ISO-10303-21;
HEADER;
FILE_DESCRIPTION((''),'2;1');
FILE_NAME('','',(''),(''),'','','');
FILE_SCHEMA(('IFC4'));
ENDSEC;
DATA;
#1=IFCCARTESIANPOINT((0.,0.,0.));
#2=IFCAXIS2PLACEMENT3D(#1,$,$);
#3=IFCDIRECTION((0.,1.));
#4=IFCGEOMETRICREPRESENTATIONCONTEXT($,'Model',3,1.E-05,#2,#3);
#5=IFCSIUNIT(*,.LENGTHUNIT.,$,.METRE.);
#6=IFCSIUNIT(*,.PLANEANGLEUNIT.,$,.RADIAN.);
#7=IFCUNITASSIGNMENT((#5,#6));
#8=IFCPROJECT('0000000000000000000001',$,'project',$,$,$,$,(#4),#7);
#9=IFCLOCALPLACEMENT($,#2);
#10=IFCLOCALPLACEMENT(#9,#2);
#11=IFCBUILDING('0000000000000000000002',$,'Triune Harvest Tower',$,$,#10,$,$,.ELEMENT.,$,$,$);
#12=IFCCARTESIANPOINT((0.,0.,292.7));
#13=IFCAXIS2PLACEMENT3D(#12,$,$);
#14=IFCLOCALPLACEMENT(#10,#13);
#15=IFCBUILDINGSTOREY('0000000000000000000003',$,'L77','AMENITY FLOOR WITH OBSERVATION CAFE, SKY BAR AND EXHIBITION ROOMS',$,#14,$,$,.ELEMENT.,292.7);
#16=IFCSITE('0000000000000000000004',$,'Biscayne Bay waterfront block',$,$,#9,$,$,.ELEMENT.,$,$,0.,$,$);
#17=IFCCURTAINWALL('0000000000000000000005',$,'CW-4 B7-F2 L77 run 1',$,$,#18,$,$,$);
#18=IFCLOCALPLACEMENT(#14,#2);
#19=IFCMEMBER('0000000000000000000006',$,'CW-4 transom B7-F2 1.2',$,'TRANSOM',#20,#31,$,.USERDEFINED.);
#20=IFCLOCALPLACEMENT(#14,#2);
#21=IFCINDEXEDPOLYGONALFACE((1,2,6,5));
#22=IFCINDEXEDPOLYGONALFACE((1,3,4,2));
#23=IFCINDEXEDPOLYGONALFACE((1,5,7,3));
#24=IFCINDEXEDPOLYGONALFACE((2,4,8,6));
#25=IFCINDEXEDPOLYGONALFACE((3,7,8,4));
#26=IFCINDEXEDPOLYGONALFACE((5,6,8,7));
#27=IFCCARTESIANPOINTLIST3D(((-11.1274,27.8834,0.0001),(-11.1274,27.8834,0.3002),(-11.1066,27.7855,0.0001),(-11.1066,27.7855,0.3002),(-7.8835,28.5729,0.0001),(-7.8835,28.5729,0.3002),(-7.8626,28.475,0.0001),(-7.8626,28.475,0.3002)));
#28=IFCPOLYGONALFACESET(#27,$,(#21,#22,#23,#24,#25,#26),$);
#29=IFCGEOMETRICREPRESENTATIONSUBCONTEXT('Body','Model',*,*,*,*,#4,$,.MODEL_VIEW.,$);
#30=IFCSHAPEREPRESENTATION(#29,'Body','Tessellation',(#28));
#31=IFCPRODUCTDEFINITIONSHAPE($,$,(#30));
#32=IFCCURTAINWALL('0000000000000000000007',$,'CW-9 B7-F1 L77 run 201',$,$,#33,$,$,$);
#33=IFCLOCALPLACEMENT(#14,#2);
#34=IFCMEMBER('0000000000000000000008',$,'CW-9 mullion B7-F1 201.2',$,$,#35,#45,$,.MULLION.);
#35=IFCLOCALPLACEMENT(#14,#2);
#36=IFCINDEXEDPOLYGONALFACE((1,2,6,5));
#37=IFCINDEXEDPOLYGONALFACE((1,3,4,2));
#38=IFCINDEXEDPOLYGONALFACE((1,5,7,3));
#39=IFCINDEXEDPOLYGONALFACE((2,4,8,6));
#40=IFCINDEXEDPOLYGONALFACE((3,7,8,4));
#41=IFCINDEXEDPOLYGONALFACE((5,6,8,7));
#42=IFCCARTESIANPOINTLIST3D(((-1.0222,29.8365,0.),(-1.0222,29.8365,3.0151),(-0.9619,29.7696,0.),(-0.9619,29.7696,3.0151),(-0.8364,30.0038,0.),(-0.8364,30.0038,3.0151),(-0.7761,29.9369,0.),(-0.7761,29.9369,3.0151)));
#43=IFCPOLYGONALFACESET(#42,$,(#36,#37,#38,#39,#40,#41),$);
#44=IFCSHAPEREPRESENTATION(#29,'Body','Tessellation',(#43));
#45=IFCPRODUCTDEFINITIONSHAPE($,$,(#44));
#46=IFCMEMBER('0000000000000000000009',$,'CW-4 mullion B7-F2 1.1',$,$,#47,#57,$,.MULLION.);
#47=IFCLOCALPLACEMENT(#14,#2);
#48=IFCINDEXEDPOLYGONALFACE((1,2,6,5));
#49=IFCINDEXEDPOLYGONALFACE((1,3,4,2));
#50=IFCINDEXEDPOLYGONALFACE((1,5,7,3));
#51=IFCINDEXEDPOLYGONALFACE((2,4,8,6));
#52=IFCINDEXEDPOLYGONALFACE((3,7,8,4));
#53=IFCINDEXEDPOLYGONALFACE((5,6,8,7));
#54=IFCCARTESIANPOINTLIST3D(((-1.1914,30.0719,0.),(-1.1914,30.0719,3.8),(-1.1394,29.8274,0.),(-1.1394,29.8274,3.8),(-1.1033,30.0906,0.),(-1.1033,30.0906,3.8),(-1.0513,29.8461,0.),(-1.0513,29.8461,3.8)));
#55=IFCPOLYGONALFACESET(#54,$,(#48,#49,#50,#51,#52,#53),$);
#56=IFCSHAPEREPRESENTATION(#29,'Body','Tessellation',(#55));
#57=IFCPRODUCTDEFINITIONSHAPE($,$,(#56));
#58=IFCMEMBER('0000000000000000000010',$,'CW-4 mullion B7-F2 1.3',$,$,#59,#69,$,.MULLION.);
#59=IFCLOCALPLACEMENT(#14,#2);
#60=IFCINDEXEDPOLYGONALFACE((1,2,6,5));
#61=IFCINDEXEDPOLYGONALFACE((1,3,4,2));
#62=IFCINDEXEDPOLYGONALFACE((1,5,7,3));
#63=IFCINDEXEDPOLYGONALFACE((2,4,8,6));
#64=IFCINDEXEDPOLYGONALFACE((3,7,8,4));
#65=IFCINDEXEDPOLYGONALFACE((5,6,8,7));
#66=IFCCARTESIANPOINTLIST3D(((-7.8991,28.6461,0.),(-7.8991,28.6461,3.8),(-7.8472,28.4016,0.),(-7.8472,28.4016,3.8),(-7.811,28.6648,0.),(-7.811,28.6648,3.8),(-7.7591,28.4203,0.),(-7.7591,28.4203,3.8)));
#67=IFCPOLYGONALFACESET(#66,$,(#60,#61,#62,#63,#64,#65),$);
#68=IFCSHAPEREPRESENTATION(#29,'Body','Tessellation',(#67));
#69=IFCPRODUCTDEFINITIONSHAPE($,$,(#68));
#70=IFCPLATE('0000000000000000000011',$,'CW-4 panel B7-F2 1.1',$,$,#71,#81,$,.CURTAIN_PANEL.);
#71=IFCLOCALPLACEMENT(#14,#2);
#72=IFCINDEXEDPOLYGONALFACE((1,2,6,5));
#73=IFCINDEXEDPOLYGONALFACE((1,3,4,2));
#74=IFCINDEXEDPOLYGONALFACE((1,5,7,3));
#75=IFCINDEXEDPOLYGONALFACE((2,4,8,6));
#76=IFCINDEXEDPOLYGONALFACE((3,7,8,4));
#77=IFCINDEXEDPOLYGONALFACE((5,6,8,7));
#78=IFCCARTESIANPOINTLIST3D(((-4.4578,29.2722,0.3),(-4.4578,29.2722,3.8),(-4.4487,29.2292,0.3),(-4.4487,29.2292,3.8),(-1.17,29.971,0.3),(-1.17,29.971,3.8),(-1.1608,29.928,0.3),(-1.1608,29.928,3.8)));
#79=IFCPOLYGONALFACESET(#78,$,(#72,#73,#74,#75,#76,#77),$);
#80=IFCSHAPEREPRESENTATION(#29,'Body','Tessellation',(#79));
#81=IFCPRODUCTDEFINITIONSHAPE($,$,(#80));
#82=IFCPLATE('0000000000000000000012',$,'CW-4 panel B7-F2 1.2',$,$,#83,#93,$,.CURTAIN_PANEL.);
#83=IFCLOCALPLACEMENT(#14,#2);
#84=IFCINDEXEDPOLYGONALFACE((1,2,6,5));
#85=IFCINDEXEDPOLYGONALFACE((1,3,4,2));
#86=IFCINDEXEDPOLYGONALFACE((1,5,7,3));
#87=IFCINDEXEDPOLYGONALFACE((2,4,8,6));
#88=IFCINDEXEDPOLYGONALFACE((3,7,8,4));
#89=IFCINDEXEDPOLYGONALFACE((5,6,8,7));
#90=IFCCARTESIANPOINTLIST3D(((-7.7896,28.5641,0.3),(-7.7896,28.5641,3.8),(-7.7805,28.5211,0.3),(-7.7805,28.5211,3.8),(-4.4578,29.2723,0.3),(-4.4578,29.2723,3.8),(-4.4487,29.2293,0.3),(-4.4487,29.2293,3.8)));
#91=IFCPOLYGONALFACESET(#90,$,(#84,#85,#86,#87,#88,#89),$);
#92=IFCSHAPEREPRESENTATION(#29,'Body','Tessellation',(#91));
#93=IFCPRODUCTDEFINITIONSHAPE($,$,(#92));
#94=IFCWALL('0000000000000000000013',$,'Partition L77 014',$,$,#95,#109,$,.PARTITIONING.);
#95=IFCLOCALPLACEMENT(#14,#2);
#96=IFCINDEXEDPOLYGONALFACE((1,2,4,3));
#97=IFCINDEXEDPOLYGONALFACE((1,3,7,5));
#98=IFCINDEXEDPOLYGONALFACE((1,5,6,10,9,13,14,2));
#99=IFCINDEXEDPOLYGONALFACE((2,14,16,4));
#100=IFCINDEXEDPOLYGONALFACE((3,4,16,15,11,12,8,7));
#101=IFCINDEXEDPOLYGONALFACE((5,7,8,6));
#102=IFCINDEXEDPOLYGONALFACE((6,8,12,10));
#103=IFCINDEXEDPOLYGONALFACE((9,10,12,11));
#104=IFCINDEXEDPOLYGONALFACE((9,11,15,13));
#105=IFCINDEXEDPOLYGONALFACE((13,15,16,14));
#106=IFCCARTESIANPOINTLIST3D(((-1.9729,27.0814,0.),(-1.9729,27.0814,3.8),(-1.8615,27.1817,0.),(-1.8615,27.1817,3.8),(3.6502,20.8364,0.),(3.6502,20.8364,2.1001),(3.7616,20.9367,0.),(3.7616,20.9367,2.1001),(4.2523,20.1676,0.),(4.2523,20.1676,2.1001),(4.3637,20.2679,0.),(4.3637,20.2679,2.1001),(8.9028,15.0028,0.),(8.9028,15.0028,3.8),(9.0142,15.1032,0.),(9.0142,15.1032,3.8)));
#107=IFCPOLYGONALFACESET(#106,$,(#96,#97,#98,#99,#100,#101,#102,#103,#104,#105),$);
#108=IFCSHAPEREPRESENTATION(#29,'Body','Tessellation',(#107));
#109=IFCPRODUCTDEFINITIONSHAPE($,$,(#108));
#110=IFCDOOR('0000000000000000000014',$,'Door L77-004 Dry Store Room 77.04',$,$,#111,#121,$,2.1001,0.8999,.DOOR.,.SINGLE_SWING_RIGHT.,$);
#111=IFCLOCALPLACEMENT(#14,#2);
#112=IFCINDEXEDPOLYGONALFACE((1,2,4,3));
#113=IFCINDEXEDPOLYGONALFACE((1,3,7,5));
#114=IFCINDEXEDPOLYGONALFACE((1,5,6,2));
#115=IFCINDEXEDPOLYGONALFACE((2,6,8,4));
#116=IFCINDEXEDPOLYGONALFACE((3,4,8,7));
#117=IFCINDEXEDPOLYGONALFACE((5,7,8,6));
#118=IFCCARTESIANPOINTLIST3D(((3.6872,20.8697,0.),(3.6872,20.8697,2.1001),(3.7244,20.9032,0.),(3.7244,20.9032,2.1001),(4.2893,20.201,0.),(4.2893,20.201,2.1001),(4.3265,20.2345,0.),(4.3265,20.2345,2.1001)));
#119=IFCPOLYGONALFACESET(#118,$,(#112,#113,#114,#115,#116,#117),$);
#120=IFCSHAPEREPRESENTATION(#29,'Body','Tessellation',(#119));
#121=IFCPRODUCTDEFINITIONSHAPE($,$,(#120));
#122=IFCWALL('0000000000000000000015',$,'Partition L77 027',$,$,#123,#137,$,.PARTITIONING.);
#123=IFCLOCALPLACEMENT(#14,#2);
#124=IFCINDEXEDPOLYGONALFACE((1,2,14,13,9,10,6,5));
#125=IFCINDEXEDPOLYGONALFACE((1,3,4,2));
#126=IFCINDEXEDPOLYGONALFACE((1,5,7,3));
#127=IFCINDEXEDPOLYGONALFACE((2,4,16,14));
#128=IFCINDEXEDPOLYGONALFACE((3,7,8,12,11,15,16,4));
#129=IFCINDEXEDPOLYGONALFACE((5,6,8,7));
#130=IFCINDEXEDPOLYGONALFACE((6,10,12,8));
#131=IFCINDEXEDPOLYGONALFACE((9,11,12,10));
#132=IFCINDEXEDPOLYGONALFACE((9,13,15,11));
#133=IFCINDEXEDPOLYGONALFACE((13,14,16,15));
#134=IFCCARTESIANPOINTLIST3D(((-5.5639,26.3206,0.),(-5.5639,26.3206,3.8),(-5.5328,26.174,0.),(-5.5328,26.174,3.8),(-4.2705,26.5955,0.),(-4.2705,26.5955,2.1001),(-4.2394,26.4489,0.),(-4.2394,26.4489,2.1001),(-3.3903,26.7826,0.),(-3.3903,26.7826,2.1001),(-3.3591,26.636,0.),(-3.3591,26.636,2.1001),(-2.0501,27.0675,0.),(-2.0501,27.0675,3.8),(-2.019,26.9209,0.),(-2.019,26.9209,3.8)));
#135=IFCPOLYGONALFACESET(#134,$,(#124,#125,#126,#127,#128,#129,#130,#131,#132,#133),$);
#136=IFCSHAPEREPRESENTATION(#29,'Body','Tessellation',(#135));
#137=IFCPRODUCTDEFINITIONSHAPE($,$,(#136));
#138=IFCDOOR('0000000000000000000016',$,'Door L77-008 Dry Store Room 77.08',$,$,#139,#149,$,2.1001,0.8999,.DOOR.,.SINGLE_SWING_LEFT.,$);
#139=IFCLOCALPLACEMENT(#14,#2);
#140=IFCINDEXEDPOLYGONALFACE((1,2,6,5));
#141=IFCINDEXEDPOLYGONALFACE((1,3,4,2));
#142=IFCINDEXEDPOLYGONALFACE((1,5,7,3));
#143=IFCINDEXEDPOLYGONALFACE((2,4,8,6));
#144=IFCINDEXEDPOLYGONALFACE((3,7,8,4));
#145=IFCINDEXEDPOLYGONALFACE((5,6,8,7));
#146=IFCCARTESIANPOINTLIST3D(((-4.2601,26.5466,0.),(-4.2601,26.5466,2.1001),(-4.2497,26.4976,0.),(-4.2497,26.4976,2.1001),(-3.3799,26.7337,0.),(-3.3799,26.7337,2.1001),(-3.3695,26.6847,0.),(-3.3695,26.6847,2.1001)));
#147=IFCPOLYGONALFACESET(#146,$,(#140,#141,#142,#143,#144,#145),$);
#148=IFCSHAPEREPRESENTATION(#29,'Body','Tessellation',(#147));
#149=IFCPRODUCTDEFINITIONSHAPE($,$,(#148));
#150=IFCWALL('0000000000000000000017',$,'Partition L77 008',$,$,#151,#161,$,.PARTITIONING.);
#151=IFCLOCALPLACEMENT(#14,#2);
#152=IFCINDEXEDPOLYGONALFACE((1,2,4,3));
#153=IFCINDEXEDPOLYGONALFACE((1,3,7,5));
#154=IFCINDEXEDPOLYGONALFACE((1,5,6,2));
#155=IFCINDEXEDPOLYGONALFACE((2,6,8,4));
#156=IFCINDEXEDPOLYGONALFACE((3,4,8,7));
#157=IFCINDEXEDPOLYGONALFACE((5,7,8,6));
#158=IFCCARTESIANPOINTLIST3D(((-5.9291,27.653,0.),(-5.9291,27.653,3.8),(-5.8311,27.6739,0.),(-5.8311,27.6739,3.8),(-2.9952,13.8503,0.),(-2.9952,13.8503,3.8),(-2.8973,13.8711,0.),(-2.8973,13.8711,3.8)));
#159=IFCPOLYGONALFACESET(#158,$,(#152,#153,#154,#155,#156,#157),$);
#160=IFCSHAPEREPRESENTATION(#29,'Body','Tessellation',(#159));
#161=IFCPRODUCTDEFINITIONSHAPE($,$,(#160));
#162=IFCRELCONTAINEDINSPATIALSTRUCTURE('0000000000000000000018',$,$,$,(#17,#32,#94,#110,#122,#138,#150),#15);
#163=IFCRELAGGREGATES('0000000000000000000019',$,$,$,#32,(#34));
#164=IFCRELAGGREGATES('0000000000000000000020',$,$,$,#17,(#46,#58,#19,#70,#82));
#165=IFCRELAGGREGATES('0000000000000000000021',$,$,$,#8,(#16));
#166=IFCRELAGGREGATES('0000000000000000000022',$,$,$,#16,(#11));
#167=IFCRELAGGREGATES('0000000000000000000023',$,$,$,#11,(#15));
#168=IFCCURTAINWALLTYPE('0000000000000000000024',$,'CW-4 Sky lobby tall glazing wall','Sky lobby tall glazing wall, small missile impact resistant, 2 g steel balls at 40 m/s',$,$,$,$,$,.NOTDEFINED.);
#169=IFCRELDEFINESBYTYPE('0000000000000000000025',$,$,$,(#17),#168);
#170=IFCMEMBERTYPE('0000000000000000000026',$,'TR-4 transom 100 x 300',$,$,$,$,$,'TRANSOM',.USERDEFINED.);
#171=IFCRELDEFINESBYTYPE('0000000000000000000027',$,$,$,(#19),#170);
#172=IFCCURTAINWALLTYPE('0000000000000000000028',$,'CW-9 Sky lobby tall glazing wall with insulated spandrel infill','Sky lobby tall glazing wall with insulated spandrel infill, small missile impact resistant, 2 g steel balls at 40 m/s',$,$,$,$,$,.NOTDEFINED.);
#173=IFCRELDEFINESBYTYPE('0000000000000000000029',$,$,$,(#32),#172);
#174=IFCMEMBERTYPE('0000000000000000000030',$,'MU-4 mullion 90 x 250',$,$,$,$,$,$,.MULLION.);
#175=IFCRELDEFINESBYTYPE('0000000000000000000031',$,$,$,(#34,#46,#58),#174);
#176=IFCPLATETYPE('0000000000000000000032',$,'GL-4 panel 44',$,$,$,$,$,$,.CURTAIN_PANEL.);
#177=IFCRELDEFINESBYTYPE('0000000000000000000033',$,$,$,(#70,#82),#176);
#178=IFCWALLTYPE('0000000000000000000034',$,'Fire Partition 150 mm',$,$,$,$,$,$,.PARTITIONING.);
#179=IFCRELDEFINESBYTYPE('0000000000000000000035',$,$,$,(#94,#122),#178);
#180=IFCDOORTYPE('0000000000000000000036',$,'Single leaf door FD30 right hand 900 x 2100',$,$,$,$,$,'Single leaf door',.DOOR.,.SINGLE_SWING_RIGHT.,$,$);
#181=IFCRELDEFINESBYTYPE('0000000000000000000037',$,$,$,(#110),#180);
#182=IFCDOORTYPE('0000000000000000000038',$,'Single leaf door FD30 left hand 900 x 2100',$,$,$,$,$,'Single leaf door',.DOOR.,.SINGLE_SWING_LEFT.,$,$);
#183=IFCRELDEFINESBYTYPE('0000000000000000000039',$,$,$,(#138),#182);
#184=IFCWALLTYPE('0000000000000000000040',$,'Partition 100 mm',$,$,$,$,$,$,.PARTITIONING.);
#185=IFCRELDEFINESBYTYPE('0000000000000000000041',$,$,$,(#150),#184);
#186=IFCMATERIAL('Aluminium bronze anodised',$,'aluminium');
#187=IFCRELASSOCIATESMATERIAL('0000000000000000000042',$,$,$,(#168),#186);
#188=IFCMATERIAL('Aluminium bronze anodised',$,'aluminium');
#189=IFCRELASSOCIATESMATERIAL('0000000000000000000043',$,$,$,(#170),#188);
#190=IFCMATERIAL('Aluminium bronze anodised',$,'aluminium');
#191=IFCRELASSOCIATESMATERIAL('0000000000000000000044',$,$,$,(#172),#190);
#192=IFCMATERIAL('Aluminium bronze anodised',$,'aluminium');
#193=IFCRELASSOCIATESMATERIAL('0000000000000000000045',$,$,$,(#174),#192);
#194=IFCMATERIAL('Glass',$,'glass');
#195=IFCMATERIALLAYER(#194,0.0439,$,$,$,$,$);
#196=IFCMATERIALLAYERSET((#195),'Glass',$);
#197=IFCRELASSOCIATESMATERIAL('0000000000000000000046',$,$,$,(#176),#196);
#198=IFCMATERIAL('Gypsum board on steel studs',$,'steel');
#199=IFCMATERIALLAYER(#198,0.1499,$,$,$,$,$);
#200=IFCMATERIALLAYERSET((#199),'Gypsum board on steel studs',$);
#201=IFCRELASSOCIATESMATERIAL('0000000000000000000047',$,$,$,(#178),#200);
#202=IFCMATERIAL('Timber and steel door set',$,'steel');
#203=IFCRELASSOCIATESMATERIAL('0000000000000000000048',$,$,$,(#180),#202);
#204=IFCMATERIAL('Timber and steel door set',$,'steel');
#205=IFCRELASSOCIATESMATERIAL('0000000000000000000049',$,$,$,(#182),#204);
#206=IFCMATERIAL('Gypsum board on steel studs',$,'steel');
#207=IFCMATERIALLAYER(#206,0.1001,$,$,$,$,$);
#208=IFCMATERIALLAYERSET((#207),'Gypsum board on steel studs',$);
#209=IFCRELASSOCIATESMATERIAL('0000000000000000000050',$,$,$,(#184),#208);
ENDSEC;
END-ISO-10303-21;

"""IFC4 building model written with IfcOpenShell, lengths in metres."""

from ifc_helpers import new_model, si_unit, direction, frame, frame_2d, origin, origin_2d, place, context, subcontext, project, spatial, rectangle, extrude, source, transform, mapped, material, layer, layer_set, material_profile, profile_set, type_object, element, fill, aggregate, save


model = new_model("IFC4")

# Units and contexts
model_context = context("Model", 3, precision=1e-05, world=origin(), true_north=direction((0.0, 1.0)))
body_context = subcontext(model_context, "Body", "Model", "MODEL_VIEW")
ifc_project = project(units=[si_unit("LENGTHUNIT", "METRE"), si_unit("PLANEANGLEUNIT", "RADIAN")], contexts=[model_context])

# Site, building, storey
site_placement = place(None, origin())
site = spatial("IfcSite", under=ifc_project, at=site_placement, Name="Biscayne Bay waterfront block", CompositionType="ELEMENT", RefElevation=0.0)
building_placement = place(site_placement, origin())
building = spatial("IfcBuilding", under=site, at=building_placement, Name="Triune Harvest Tower", CompositionType="ELEMENT")
storey_placement = place(building_placement, frame((0.0, 0.0, 292.7)))
storey = spatial("IfcBuildingStorey", under=building, at=storey_placement, Name="L77", Description="AMENITY FLOOR WITH OBSERVATION CAFE, SKY BAR AND EXHIBITION ROOMS", CompositionType="ELEMENT", Elevation=292.7)

# Curtain wall, member
ifc_material_1 = material(Name="Aluminium bronze anodised", Category="aluminium")
curtain_wall_type_1 = type_object("IfcCurtainWallType", Name="CW-4 Sky lobby tall glazing wall", Description="Sky lobby tall glazing wall, small missile impact resistant, 2 g steel balls at 40 m/s", PredefinedType="NOTDEFINED", material=ifc_material_1)
curtain_wall_1_placement = place(storey_placement, origin())
curtain_wall_1 = element("IfcCurtainWall", 1, at=curtain_wall_1_placement, inside=storey, type_object=curtain_wall_type_1, Name="CW-4 B7-F2 L77 run 1")
ifc_material_2 = material(Name="Aluminium bronze anodised", Category="aluminium")
ifc_material_profile_1 = material_profile(ifc_material_2, rectangle(XDim=0.1001, YDim=0.3, at=origin_2d()), Name="TR-4 transom 100 x 300")
ifc_profile_set_1 = profile_set([ifc_material_profile_1], Name="Aluminium bronze anodised")
member_type_1 = type_object("IfcMemberType", Name="TR-4 transom 100 x 300", ElementType="TRANSOM", PredefinedType="USERDEFINED", material=ifc_profile_set_1)
shared_shape_1 = source(origin(), body_context, "Body", "SweptSolid", [
    extrude(rectangle(XDim=0.1001, YDim=0.3, at=origin_2d()), origin(), (0.0, 0.0, 1.0), 3.3164),
])
member_1_placement = place(storey_placement, frame((-7.873, 28.5239, 0.1501), z_axis=(-0.978151, -0.207895, 0.0), x_axis=(0.207895, -0.978151, 0.0)))
member_1 = element("IfcMember", 2, at=member_1_placement, type_object=member_type_1, Name="CW-4 transom B7-F2 1.2", ObjectType="TRANSOM", PredefinedType="USERDEFINED", context=body_context, shape_type="MappedRepresentation", body=[
    mapped(shared_shape_1, transform((0.0, 0.0, 0.0), scale=1.0)),
])

# Curtain wall, member
ifc_material_3 = material(Name="Aluminium bronze anodised", Category="aluminium")
curtain_wall_type_2 = type_object("IfcCurtainWallType", Name="CW-9 Sky lobby tall glazing wall with insulated spandrel infill", Description="Sky lobby tall glazing wall with insulated spandrel infill, small missile impact resistant, 2 g steel balls at 40 m/s", PredefinedType="NOTDEFINED", material=ifc_material_3)
curtain_wall_2_placement = place(storey_placement, origin())
curtain_wall_2 = element("IfcCurtainWall", 3, at=curtain_wall_2_placement, inside=storey, type_object=curtain_wall_type_2, Name="CW-9 B7-F1 L77 run 201")
ifc_material_4 = material(Name="Aluminium bronze anodised", Category="aluminium")
ifc_material_profile_2 = material_profile(ifc_material_4, rectangle(XDim=0.25, YDim=0.0901, at=origin_2d()), Name="MU-4 mullion 90 x 250")
ifc_profile_set_2 = profile_set([ifc_material_profile_2], Name="Aluminium bronze anodised")
member_type_2 = type_object("IfcMemberType", Name="MU-4 mullion 90 x 250", PredefinedType="MULLION", material=ifc_profile_set_2)
shared_shape_2 = source(origin(), body_context, "Body", "SweptSolid", [
    extrude(rectangle(XDim=0.25, YDim=0.0901, at=origin_2d()), origin(), (0.0, 0.0, 1.0), 3.0151),
])
member_2_placement = place(storey_placement, frame((-0.8992, 29.8867, 0.0), z_axis=(0.0, 0.0, 1.0), x_axis=(-0.743132, -0.669145, 0.0)))
member_2 = element("IfcMember", 4, at=member_2_placement, type_object=member_type_2, Name="CW-9 mullion B7-F1 201.2", PredefinedType="MULLION", context=body_context, shape_type="MappedRepresentation", body=[
    mapped(shared_shape_2, transform((0.0, 0.0, 0.0), scale=1.0)),
])
aggregate(curtain_wall_2, [member_2])

# Members
shared_shape_3 = source(origin(), body_context, "Body", "SweptSolid", [
    extrude(rectangle(XDim=0.25, YDim=0.0901, at=origin_2d()), origin(), (0.0, 0.0, 1.0), 3.8),
])
member_3_placement = place(storey_placement, frame((-1.1213, 29.959, 0.0), z_axis=(0.0, 0.0, 1.0), x_axis=(0.207905, -0.978149, 0.0)))
member_3 = element("IfcMember", 5, at=member_3_placement, type_object=member_type_2, Name="CW-4 mullion B7-F2 1.1", PredefinedType="MULLION", context=body_context, shape_type="MappedRepresentation", body=[
    mapped(shared_shape_3, transform((0.0, 0.0, 0.0), scale=1.0)),
])
member_4_placement = place(storey_placement, frame((-7.8291, 28.5332, 0.0), z_axis=(0.0, 0.0, 1.0), x_axis=(0.207905, -0.978149, 0.0)))
member_4 = element("IfcMember", 6, at=member_4_placement, type_object=member_type_2, Name="CW-4 mullion B7-F2 1.3", PredefinedType="MULLION", context=body_context, shape_type="MappedRepresentation", body=[
    mapped(shared_shape_3, transform((0.0, 0.0, 0.0), scale=1.0)),
])

# Plates
ifc_material_5 = material(Name="Glass", Category="glass")
ifc_layer_1 = layer(ifc_material_5, 0.0439)
ifc_layer_set_1 = layer_set([ifc_layer_1], Name="Glass")
plate_type = type_object("IfcPlateType", Name="GL-4 panel 44", PredefinedType="CURTAIN_PANEL", material=ifc_layer_set_1)
shared_shape_4 = source(origin(), body_context, "Body", "SweptSolid", [
    extrude(rectangle(XDim=3.3613, YDim=0.0439, at=origin_2d()), origin(), (0.0, 0.0, 1.0), 3.5),
])
plate_1_placement = place(storey_placement, frame((-2.8093, 29.6001, 0.3), z_axis=(0.0, 0.0, 1.0), x_axis=(-0.978149, -0.207905, 0.0)))
plate_1 = element("IfcPlate", 7, at=plate_1_placement, type_object=plate_type, Name="CW-4 panel B7-F2 1.1", PredefinedType="CURTAIN_PANEL", context=body_context, shape_type="MappedRepresentation", body=[
    mapped(shared_shape_4, transform((0.0, 0.0, 0.0), scale=1.0)),
])
shared_shape_5 = source(origin(), body_context, "Body", "SweptSolid", [
    extrude(rectangle(XDim=3.4062, YDim=0.0439, at=origin_2d()), origin(), (0.0, 0.0, 1.0), 3.5),
])
plate_2_placement = place(storey_placement, frame((-6.1191, 28.8967, 0.3), z_axis=(0.0, 0.0, 1.0), x_axis=(-0.978149, -0.207905, 0.0)))
plate_2 = element("IfcPlate", 8, at=plate_2_placement, type_object=plate_type, Name="CW-4 panel B7-F2 1.2", PredefinedType="CURTAIN_PANEL", context=body_context, shape_type="MappedRepresentation", body=[
    mapped(shared_shape_5, transform((0.0, 0.0, 0.0), scale=1.0)),
])
aggregate(curtain_wall_1, [member_3, member_4, member_1, plate_1, plate_2])

# Walls, openings, doors
ifc_material_6 = material(Name="Gypsum board on steel studs", Category="steel")
ifc_layer_2 = layer(ifc_material_6, 0.1499)
ifc_layer_set_2 = layer_set([ifc_layer_2], Name="Gypsum board on steel studs")
wall_type_1 = type_object("IfcWallType", Name="Fire Partition 150 mm", PredefinedType="PARTITIONING", material=ifc_layer_set_2)
wall_1_placement = place(storey_placement, frame((-1.9172, 27.1316, 0.0), z_axis=(0.0, 0.0, 1.0), x_axis=(0.669134, -0.743142, 0.0)))
wall_1 = element("IfcWall", 9, at=wall_1_placement, inside=storey, type_object=wall_type_1, Name="Partition L77 014", PredefinedType="PARTITIONING", context=body_context, shape_type="SweptSolid", body=[
    extrude(rectangle(XDim=16.2534, YDim=0.1499, at=frame_2d((8.1267, 0.0))), origin(), (0.0, 0.0, 1.0), 3.8),
])
opening_1_placement = place(wall_1_placement, frame((8.4036, 0.0, 0.0)))
opening_1 = element("IfcOpeningElement", 10, at=opening_1_placement, cuts=wall_1, PredefinedType="OPENING", context=body_context, shape_type="SweptSolid", body=[
    extrude(rectangle(XDim=0.8999, YDim=2.1001, at=frame_2d((0.45, 1.05))), frame((0.0, 0.085, 0.0), z_axis=(0.0, -1.0, 0.0), x_axis=(1.0, 0.0, 0.0)), (0.0, 0.0, 1.0), 0.1699),
])
ifc_material_7 = material(Name="Timber and steel door set", Category="steel")
door_type_1 = type_object("IfcDoorType", Name="Single leaf door FD30 right hand 900 x 2100", ElementType="Single leaf door", OperationType="SINGLE_SWING_RIGHT", PredefinedType="DOOR", material=ifc_material_7)
door_1_placement = place(opening_1_placement, origin())
door_1 = element("IfcDoor", 11, at=door_1_placement, inside=storey, type_object=door_type_1, Name="Door L77-004 Dry Store Room 77.04", OperationType="SINGLE_SWING_RIGHT", OverallHeight=2.1001, OverallWidth=0.8999, PredefinedType="DOOR", context=body_context, shape_type="SweptSolid", body=[
    extrude(rectangle(XDim=0.8999, YDim=2.1001, at=frame_2d((0.45, 1.05))), frame((0.0, 0.0249, 0.0), z_axis=(0.0, -1.0, 0.0), x_axis=(1.0, 0.0, 0.0)), (0.0, 0.0, 1.0), 0.05),
])
fill(opening_1, door_1)
wall_2_placement = place(storey_placement, frame((-5.5483, 26.2473, 0.0), z_axis=(0.0, 0.0, 1.0), x_axis=(0.978149, 0.207904, 0.0)))
wall_2 = element("IfcWall", 12, at=wall_2_placement, inside=storey, type_object=wall_type_1, Name="Partition L77 027", PredefinedType="PARTITIONING", context=body_context, shape_type="SweptSolid", body=[
    extrude(rectangle(XDim=3.5923, YDim=0.1499, at=frame_2d((1.7961, 0.0))), origin(), (0.0, 0.0, 1.0), 3.8),
])
opening_2_placement = place(wall_2_placement, frame((1.3223, 0.0, 0.0)))
opening_2 = element("IfcOpeningElement", 13, at=opening_2_placement, cuts=wall_2, PredefinedType="OPENING", context=body_context, shape_type="SweptSolid", body=[
    extrude(rectangle(XDim=0.8999, YDim=2.1001, at=frame_2d((0.45, 1.05))), frame((0.0, 0.085, 0.0), z_axis=(0.0, -1.0, 0.0), x_axis=(1.0, 0.0, 0.0)), (0.0, 0.0, 1.0), 0.1699),
])
ifc_material_8 = material(Name="Timber and steel door set", Category="steel")
door_type_2 = type_object("IfcDoorType", Name="Single leaf door FD30 left hand 900 x 2100", ElementType="Single leaf door", OperationType="SINGLE_SWING_LEFT", PredefinedType="DOOR", material=ifc_material_8)
door_2_placement = place(opening_2_placement, origin())
door_2 = element("IfcDoor", 14, at=door_2_placement, inside=storey, type_object=door_type_2, Name="Door L77-008 Dry Store Room 77.08", OperationType="SINGLE_SWING_LEFT", OverallHeight=2.1001, OverallWidth=0.8999, PredefinedType="DOOR", context=body_context, shape_type="SweptSolid", body=[
    extrude(rectangle(XDim=0.8999, YDim=2.1001, at=frame_2d((0.45, 1.05))), frame((0.0, 0.0249, 0.0), z_axis=(0.0, -1.0, 0.0), x_axis=(1.0, 0.0, 0.0)), (0.0, 0.0, 1.0), 0.05),
])
fill(opening_2, door_2)

# Wall
ifc_material_9 = material(Name="Gypsum board on steel studs", Category="steel")
ifc_layer_3 = layer(ifc_material_9, 0.1001)
ifc_layer_set_3 = layer_set([ifc_layer_3], Name="Gypsum board on steel studs")
wall_type_2 = type_object("IfcWallType", Name="Partition 100 mm", PredefinedType="PARTITIONING", material=ifc_layer_set_3)
wall_3_placement = place(storey_placement, frame((-5.8801, 27.6636, 0.0), z_axis=(0.0, 0.0, 1.0), x_axis=(0.20791, -0.978148, 0.0)))
element("IfcWall", 15, at=wall_3_placement, inside=storey, type_object=wall_type_2, Name="Partition L77 008", PredefinedType="PARTITIONING", context=body_context, shape_type="SweptSolid", body=[
    extrude(rectangle(XDim=14.1111, YDim=0.1001, at=frame_2d((7.0557, 0.0))), origin(), (0.0, 0.0, 1.0), 3.8),
])

save(model, "model.ifc")
